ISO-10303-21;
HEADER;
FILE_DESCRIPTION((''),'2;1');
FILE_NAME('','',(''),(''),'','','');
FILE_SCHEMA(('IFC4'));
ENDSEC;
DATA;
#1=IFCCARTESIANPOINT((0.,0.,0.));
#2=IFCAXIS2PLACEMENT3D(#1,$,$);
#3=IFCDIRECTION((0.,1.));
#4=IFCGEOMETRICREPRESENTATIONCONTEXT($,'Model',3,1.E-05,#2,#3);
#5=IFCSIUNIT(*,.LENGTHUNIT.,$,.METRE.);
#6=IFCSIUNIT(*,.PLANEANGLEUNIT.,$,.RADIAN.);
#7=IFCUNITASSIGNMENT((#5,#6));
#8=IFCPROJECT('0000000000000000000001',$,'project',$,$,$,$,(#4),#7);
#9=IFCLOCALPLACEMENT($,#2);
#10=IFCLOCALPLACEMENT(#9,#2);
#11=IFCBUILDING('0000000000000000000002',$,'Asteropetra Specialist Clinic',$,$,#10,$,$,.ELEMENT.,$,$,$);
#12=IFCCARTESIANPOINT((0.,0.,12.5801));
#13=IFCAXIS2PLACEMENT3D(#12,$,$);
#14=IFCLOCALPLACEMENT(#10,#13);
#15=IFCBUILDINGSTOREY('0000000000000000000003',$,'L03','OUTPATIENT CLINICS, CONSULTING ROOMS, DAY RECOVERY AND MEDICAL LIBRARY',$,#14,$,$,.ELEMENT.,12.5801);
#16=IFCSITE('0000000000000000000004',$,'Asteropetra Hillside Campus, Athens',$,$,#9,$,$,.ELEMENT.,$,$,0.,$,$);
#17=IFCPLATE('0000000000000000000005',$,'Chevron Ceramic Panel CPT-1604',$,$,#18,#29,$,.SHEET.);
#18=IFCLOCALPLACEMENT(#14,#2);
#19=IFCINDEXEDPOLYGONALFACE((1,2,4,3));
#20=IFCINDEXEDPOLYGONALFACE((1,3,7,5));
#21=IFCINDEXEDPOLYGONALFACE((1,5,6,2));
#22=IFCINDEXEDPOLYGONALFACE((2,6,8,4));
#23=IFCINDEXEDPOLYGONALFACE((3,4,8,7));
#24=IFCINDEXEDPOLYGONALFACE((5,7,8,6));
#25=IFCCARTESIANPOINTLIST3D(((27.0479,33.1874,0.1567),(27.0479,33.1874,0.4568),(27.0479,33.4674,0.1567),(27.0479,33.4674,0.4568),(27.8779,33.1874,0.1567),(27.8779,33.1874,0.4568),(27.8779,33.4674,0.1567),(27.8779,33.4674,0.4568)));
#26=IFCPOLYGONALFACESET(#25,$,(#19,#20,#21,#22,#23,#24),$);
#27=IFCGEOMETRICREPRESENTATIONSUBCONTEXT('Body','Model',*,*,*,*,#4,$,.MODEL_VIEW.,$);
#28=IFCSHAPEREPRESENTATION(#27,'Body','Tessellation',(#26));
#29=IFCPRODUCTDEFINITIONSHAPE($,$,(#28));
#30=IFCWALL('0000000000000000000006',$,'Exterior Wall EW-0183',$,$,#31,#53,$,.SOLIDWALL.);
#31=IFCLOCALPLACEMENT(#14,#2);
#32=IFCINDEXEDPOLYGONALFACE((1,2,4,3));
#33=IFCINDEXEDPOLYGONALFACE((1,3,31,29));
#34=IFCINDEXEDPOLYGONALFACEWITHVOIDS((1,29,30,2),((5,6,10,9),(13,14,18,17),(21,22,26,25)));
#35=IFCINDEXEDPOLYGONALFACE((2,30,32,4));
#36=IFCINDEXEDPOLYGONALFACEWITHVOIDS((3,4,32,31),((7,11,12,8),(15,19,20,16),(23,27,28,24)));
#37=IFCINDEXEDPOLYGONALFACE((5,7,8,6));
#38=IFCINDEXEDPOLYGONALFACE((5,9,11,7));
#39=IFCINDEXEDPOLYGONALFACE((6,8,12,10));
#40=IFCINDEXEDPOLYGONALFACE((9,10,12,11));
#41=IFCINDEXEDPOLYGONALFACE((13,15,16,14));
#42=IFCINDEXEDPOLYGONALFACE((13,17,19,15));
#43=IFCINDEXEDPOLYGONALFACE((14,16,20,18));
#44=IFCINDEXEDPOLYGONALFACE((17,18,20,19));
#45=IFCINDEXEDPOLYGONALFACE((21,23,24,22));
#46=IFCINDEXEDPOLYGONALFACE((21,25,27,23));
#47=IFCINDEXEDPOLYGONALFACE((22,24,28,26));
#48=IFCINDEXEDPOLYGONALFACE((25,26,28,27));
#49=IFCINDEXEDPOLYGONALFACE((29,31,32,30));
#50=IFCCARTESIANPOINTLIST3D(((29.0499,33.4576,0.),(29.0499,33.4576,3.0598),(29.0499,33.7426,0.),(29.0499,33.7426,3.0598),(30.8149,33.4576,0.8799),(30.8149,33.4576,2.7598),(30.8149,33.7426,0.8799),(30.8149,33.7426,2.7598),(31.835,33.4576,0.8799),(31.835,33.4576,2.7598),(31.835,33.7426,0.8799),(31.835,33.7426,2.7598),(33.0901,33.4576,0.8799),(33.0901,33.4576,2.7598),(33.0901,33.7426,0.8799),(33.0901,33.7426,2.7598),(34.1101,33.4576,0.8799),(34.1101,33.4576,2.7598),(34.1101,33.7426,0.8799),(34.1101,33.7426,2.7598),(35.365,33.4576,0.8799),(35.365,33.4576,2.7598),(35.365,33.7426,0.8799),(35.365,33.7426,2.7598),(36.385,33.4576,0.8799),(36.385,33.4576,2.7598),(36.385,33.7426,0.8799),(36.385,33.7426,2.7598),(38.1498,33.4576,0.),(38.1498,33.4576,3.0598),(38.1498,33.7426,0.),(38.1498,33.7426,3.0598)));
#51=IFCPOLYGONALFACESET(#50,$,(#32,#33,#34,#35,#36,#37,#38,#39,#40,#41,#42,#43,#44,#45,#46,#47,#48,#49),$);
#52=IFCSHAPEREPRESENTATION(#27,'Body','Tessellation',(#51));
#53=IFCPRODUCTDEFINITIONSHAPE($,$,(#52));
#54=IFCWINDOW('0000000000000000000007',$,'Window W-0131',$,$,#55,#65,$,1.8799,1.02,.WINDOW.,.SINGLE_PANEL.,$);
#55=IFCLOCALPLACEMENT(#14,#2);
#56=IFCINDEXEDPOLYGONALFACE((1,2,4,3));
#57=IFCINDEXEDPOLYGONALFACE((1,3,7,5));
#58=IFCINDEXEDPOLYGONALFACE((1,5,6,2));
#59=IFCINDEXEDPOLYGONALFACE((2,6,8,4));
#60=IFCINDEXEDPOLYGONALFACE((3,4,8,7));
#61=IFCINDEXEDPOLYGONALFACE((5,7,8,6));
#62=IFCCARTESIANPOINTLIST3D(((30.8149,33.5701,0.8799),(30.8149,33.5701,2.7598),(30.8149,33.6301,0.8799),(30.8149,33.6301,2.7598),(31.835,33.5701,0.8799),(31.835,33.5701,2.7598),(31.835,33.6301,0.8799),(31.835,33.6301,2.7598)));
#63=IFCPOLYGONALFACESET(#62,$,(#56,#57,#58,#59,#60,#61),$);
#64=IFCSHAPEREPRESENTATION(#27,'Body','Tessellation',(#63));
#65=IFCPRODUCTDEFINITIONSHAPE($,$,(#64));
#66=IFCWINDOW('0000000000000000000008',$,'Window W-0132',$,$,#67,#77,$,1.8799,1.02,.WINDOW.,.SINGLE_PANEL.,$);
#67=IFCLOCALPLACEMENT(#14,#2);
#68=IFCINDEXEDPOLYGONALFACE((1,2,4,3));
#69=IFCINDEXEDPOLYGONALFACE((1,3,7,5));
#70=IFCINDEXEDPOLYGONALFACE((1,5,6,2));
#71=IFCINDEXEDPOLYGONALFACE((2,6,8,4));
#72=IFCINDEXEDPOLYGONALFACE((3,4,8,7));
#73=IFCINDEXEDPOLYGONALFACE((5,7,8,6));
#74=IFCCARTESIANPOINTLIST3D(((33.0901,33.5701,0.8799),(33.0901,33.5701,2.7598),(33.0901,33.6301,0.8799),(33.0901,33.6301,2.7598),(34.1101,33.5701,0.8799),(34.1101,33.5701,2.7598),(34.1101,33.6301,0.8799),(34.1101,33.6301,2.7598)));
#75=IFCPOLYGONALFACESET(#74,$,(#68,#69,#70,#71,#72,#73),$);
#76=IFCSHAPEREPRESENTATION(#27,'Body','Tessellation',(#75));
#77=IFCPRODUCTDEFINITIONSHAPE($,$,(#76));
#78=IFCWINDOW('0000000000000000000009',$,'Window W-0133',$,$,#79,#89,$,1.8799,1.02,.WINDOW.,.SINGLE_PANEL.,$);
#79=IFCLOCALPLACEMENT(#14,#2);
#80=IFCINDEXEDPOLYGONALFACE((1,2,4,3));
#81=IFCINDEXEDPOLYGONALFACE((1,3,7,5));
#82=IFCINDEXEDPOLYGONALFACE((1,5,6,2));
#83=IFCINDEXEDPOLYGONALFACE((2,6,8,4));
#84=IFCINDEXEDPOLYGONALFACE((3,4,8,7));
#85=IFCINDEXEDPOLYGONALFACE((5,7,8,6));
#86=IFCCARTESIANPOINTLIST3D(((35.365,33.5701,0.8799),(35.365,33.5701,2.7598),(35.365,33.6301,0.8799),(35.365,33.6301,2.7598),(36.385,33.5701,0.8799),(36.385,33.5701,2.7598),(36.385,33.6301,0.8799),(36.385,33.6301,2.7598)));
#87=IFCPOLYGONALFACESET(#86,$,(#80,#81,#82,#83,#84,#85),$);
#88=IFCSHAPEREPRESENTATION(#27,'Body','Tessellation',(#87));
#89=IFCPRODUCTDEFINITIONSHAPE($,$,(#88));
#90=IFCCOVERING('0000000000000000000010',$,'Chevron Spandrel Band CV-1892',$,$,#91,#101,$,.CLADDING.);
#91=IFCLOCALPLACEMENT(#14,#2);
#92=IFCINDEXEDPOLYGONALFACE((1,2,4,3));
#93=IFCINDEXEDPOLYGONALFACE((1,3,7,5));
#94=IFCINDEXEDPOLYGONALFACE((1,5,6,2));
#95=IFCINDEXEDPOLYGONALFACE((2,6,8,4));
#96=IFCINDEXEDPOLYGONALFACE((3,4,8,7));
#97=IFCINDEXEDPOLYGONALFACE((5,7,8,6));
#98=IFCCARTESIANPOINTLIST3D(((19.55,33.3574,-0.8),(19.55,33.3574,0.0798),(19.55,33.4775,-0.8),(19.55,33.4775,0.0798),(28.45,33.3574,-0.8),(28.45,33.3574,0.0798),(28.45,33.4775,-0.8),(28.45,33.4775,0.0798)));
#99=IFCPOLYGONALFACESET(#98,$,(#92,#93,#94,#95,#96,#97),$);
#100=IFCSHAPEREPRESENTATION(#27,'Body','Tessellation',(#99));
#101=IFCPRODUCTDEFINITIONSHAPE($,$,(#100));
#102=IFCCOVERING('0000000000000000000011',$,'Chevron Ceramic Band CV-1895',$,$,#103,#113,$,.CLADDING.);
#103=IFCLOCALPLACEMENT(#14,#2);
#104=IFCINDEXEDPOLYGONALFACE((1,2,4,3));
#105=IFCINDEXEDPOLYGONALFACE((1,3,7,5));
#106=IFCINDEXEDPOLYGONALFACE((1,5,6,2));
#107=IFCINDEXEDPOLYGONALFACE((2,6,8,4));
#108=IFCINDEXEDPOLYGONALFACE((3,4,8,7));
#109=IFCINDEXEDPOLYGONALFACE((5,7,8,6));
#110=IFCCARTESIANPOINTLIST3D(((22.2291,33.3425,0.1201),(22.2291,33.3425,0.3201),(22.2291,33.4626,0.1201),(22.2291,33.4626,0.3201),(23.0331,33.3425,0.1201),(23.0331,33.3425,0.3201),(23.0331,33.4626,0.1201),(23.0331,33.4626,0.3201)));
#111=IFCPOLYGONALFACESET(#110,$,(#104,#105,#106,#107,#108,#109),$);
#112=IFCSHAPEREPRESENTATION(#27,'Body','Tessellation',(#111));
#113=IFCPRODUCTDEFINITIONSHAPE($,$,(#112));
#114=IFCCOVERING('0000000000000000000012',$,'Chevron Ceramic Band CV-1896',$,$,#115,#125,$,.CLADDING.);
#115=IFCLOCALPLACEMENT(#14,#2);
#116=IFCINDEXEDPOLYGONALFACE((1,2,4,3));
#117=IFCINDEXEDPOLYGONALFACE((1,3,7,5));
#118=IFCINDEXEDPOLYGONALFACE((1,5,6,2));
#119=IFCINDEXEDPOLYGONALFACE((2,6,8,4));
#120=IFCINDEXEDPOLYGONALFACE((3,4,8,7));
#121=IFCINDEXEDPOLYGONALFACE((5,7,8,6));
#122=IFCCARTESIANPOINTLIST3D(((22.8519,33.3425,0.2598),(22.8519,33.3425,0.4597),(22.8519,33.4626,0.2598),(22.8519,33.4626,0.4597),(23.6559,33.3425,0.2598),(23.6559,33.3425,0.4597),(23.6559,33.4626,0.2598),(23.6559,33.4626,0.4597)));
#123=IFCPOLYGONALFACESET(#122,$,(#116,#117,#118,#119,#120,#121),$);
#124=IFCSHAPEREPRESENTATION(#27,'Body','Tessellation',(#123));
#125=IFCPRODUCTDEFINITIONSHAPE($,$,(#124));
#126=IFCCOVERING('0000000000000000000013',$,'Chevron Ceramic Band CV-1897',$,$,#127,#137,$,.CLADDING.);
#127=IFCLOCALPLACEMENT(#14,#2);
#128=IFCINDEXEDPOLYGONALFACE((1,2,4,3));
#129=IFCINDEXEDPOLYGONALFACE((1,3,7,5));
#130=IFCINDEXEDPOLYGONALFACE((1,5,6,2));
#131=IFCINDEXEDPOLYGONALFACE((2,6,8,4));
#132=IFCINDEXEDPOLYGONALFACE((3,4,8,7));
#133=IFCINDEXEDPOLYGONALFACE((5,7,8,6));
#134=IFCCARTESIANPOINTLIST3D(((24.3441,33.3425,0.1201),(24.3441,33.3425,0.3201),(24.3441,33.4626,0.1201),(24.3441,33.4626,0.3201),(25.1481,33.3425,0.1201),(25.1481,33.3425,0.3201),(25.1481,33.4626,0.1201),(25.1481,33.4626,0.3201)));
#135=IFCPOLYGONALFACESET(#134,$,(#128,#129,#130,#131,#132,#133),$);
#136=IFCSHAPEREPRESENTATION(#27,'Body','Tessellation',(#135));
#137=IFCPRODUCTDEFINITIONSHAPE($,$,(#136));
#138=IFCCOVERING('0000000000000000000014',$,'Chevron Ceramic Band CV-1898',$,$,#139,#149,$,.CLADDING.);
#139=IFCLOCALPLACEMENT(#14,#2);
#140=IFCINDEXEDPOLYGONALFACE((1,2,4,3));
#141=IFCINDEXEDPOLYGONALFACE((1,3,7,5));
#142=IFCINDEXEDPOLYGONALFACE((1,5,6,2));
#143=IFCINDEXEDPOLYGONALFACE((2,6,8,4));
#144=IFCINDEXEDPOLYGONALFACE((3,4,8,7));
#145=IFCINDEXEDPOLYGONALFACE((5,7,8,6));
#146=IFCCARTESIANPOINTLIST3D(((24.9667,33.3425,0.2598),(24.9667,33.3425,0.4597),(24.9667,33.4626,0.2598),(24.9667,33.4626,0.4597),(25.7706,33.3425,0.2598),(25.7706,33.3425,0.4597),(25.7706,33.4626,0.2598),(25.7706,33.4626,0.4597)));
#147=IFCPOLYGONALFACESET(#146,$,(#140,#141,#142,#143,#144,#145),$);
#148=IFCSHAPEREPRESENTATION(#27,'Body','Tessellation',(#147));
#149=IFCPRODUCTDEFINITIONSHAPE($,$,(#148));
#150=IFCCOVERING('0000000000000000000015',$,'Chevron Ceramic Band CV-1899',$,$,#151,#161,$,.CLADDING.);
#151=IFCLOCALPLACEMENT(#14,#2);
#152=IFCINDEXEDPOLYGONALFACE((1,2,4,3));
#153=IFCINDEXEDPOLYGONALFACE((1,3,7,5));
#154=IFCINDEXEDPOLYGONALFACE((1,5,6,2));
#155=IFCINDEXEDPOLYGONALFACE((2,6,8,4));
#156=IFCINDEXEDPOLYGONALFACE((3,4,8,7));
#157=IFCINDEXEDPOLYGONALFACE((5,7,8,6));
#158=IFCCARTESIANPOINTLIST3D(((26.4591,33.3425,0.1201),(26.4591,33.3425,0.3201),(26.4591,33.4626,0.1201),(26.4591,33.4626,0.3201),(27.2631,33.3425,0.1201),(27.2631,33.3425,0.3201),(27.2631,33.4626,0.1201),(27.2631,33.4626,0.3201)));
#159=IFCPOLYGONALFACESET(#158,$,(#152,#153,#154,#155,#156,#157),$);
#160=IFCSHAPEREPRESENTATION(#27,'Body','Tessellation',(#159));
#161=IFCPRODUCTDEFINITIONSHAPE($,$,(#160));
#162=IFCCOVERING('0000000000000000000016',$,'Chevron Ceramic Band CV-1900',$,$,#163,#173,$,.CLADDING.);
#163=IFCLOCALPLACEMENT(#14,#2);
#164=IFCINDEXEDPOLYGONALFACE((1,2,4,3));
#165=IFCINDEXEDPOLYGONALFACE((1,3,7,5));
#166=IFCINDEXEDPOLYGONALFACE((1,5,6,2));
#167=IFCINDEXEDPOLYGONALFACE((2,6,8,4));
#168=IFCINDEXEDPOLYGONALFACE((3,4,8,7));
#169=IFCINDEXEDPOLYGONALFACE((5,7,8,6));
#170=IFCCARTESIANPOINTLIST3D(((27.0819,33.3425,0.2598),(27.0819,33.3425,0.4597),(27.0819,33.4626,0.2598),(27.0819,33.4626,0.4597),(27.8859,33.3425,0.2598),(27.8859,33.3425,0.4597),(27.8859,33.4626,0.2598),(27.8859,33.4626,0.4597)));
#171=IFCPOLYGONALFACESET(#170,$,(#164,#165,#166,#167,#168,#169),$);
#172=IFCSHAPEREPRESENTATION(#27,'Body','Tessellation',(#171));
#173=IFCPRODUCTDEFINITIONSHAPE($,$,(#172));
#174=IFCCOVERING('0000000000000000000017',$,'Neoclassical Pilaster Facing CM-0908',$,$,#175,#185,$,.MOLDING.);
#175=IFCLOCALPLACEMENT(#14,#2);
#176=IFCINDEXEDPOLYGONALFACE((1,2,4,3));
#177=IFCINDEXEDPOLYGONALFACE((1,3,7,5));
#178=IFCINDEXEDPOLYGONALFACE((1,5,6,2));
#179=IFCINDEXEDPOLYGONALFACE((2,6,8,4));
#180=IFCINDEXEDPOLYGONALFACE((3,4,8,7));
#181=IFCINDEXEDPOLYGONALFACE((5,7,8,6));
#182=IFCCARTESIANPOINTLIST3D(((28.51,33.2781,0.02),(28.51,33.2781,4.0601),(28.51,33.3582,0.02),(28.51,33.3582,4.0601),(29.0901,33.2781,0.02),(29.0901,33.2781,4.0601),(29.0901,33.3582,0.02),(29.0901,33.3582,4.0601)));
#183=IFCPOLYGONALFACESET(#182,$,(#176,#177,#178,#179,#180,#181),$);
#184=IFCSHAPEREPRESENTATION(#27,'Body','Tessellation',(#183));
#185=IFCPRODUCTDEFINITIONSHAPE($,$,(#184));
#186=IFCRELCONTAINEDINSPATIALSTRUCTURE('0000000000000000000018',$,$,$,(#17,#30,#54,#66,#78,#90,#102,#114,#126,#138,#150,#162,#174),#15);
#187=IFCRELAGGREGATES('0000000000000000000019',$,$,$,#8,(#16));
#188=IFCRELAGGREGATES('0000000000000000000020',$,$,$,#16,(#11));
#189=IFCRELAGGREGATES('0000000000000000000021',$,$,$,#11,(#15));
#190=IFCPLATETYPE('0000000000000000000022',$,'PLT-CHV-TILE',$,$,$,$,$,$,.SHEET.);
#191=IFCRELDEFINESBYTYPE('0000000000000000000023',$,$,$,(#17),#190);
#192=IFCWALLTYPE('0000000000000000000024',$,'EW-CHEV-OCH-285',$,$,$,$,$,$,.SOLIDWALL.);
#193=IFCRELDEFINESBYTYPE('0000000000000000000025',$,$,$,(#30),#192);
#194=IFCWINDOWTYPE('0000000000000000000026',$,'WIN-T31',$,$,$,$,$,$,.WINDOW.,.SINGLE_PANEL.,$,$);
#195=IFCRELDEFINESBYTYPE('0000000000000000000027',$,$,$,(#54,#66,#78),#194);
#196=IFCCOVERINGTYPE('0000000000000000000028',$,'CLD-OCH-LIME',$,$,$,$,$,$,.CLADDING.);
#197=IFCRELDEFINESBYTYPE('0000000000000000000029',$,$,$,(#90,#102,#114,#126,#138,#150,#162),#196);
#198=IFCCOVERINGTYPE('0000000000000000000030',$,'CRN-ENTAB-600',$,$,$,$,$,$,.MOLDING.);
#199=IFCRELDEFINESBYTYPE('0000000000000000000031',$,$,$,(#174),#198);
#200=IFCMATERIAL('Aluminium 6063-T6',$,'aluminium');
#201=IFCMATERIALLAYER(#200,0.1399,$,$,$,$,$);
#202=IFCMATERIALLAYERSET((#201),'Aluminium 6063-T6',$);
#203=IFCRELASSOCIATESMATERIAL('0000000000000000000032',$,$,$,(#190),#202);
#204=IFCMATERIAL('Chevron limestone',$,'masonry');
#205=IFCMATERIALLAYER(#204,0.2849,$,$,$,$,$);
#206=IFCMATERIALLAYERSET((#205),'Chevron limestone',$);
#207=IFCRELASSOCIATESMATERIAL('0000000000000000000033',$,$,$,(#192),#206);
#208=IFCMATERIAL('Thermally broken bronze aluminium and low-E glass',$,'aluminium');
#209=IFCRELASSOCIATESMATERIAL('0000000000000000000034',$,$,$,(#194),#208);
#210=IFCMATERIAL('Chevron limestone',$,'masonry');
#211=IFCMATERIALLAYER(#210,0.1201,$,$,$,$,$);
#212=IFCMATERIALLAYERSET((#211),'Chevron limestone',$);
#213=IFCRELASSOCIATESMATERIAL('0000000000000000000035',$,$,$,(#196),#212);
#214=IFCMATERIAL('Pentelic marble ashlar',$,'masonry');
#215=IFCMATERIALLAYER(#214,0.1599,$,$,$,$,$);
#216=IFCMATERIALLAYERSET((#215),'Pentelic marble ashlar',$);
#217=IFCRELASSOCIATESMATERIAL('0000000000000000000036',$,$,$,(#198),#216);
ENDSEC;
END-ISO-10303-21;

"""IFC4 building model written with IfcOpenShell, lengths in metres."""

from ifc_helpers import new_model, si_unit, direction, frame, frame_2d, origin, origin_2d, place, context, subcontext, project, spatial, rectangle, extrude, material, layer, layer_set, type_object, element, fill, save


model = new_model("IFC4")

# Units and contexts
model_context = context("Model", 3, precision=1e-05, world=origin(), true_north=direction((0.0, 1.0)))
body_context = subcontext(model_context, "Body", "Model", "MODEL_VIEW")
ifc_project = project(units=[si_unit("LENGTHUNIT", "METRE"), si_unit("PLANEANGLEUNIT", "RADIAN")], contexts=[model_context])

# Site, building, storey
site_placement = place(None, origin())
site = spatial("IfcSite", under=ifc_project, at=site_placement, Name="Asteropetra Hillside Campus, Athens", CompositionType="ELEMENT", RefElevation=0.0)
building_placement = place(site_placement, origin())
building = spatial("IfcBuilding", under=site, at=building_placement, Name="Asteropetra Specialist Clinic", CompositionType="ELEMENT")
storey_placement = place(building_placement, frame((0.0, 0.0, 12.5801)))
storey = spatial("IfcBuildingStorey", under=building, at=storey_placement, Name="L03", Description="OUTPATIENT CLINICS, CONSULTING ROOMS, DAY RECOVERY AND MEDICAL LIBRARY", CompositionType="ELEMENT", Elevation=12.5801)

# Plate
ifc_material_1 = material(Name="Aluminium 6063-T6", Category="aluminium")
ifc_layer_1 = layer(ifc_material_1, 0.1399)
ifc_layer_set_1 = layer_set([ifc_layer_1], Name="Aluminium 6063-T6")
plate_type_1 = type_object("IfcPlateType", Name="PLT-CHV-TILE", PredefinedType="SHEET", material=ifc_layer_set_1)
for number, where, z_axis, x_axis, name in (
    (1, (27.4629, 33.3274, 0.1567), (0.0, 0.0, 1.0), (1.0, 0.0, 0.0), "Chevron Ceramic Panel CPT-1604"),
):
    element("IfcPlate", number, at=place(storey_placement, frame(where, z_axis=z_axis, x_axis=x_axis)), inside=storey, type_object=plate_type_1, Name=name, PredefinedType="SHEET", context=body_context, shape_type="SweptSolid", body=[
        extrude(rectangle(XDim=0.8301, YDim=0.28, at=origin_2d()), origin(), (0.0, 0.0, 1.0), 0.3),
    ])

# Wall, openings, windows
ifc_material_2 = material(Name="Chevron limestone", Category="masonry")
ifc_layer_2 = layer(ifc_material_2, 0.2849)
ifc_layer_set_2 = layer_set([ifc_layer_2], Name="Chevron limestone")
wall_type = type_object("IfcWallType", Name="EW-CHEV-OCH-285", PredefinedType="SOLIDWALL", material=ifc_layer_set_2)
wall_placement = place(storey_placement, frame((29.05, 33.6001, 0.0), z_axis=(0.0, 0.0, 1.0), x_axis=(1.0, 0.0, 0.0)))
wall = element("IfcWall", 2, at=wall_placement, inside=storey, type_object=wall_type, Name="Exterior Wall EW-0183", PredefinedType="SOLIDWALL", context=body_context, shape_type="SweptSolid", body=[
    extrude(rectangle(XDim=9.0999, YDim=0.2849, at=frame_2d((4.5498, 0.0))), origin(), (0.0, 0.0, 1.0), 3.0598),
])
opening_1_placement = place(wall_placement, frame((1.7649, 0.0, 0.8799)))
opening_1 = element("IfcOpeningElement", 3, at=opening_1_placement, cuts=wall, PredefinedType="OPENING", context=body_context, shape_type="SweptSolid", body=[
    extrude(rectangle(XDim=1.02, YDim=1.8799, at=frame_2d((0.51, 0.9399))), frame((0.0, 0.1523, 0.0), z_axis=(0.0, -1.0, 0.0), x_axis=(1.0, 0.0, 0.0)), (0.0, 0.0, 1.0), 0.3049),
])
opening_2_placement = place(wall_placement, frame((4.04, 0.0, 0.8799)))
opening_2 = element("IfcOpeningElement", 4, at=opening_2_placement, cuts=wall, PredefinedType="OPENING", context=body_context, shape_type="SweptSolid", body=[
    extrude(rectangle(XDim=1.02, YDim=1.8799, at=frame_2d((0.51, 0.9399))), frame((0.0, 0.1523, 0.0), z_axis=(0.0, -1.0, 0.0), x_axis=(1.0, 0.0, 0.0)), (0.0, 0.0, 1.0), 0.3049),
])
opening_3_placement = place(wall_placement, frame((6.3149, 0.0, 0.8799)))
opening_3 = element("IfcOpeningElement", 5, at=opening_3_placement, cuts=wall, PredefinedType="OPENING", context=body_context, shape_type="SweptSolid", body=[
    extrude(rectangle(XDim=1.02, YDim=1.8799, at=frame_2d((0.51, 0.9399))), frame((0.0, 0.1523, 0.0), z_axis=(0.0, -1.0, 0.0), x_axis=(1.0, 0.0, 0.0)), (0.0, 0.0, 1.0), 0.3049),
])
ifc_material_3 = material(Name="Thermally broken bronze aluminium and low-E glass", Category="aluminium")
window_type = type_object("IfcWindowType", Name="WIN-T31", PartitioningType="SINGLE_PANEL", PredefinedType="WINDOW", material=ifc_material_3)
window_1_placement = place(opening_1_placement, origin())
window_1 = element("IfcWindow", 6, at=window_1_placement, inside=storey, type_object=window_type, Name="Window W-0131", OverallHeight=1.8799, OverallWidth=1.02, PartitioningType="SINGLE_PANEL", PredefinedType="WINDOW", context=body_context, shape_type="SweptSolid", body=[
    extrude(rectangle(XDim=1.02, YDim=1.8799, at=frame_2d((0.51, 0.9399))), frame((0.0, 0.03, 0.0), z_axis=(0.0, -1.0, 0.0), x_axis=(1.0, 0.0, 0.0)), (0.0, 0.0, 1.0), 0.0601),
])
fill(opening_1, window_1)
window_2_placement = place(opening_2_placement, origin())
window_2 = element("IfcWindow", 7, at=window_2_placement, inside=storey, type_object=window_type, Name="Window W-0132", OverallHeight=1.8799, OverallWidth=1.02, PartitioningType="SINGLE_PANEL", PredefinedType="WINDOW", context=body_context, shape_type="SweptSolid", body=[
    extrude(rectangle(XDim=1.02, YDim=1.8799, at=frame_2d((0.51, 0.9399))), frame((0.0, 0.03, 0.0), z_axis=(0.0, -1.0, 0.0), x_axis=(1.0, 0.0, 0.0)), (0.0, 0.0, 1.0), 0.0601),
])
fill(opening_2, window_2)
window_3_placement = place(opening_3_placement, origin())
window_3 = element("IfcWindow", 8, at=window_3_placement, inside=storey, type_object=window_type, Name="Window W-0133", OverallHeight=1.8799, OverallWidth=1.02, PartitioningType="SINGLE_PANEL", PredefinedType="WINDOW", context=body_context, shape_type="SweptSolid", body=[
    extrude(rectangle(XDim=1.02, YDim=1.8799, at=frame_2d((0.51, 0.9399))), frame((0.0, 0.03, 0.0), z_axis=(0.0, -1.0, 0.0), x_axis=(1.0, 0.0, 0.0)), (0.0, 0.0, 1.0), 0.0601),
])
fill(opening_3, window_3)

# Coverings
ifc_material_4 = material(Name="Chevron limestone", Category="masonry")
ifc_layer_3 = layer(ifc_material_4, 0.1201)
ifc_layer_set_3 = layer_set([ifc_layer_3], Name="Chevron limestone")
covering_type_1 = type_object("IfcCoveringType", Name="CLD-OCH-LIME", PredefinedType="CLADDING", material=ifc_layer_set_3)
covering_1_placement = place(storey_placement, frame((24.0, 33.4175, -0.8), z_axis=(0.0, 0.0, 1.0), x_axis=(1.0, 0.0, 0.0)))
element("IfcCovering", 9, at=covering_1_placement, inside=storey, type_object=covering_type_1, Name="Chevron Spandrel Band CV-1892", PredefinedType="CLADDING", context=body_context, shape_type="SweptSolid", body=[
    extrude(rectangle(XDim=8.8999, YDim=0.1201, at=origin_2d()), origin(), (0.0, 0.0, 1.0), 0.8799),
])
for number, where, z_axis, x_axis, name in (
    (10, (22.6311, 33.4026, 0.1201), (0.0, 0.0, 1.0), (1.0, 0.0, 0.0), "Chevron Ceramic Band CV-1895"),
    (11, (23.2539, 33.4026, 0.2598), (0.0, 0.0, 1.0), (1.0, 0.0, 0.0), "Chevron Ceramic Band CV-1896"),
    (12, (24.7461, 33.4026, 0.1201), (0.0, 0.0, 1.0), (1.0, 0.0, 0.0), "Chevron Ceramic Band CV-1897"),
    (13, (25.3687, 33.4026, 0.2598), (0.0, 0.0, 1.0), (1.0, 0.0, 0.0), "Chevron Ceramic Band CV-1898"),
    (14, (26.8611, 33.4026, 0.1201), (0.0, 0.0, 1.0), (1.0, 0.0, 0.0), "Chevron Ceramic Band CV-1899"),
    (15, (27.4839, 33.4026, 0.2598), (0.0, 0.0, 1.0), (1.0, 0.0, 0.0), "Chevron Ceramic Band CV-1900"),
):
    element("IfcCovering", number, at=place(storey_placement, frame(where, z_axis=z_axis, x_axis=x_axis)), inside=storey, type_object=covering_type_1, Name=name, PredefinedType="CLADDING", context=body_context, shape_type="SweptSolid", body=[
        extrude(rectangle(XDim=0.804, YDim=0.1201, at=origin_2d()), origin(), (0.0, 0.0, 1.0), 0.2),
    ])
ifc_material_5 = material(Name="Pentelic marble ashlar", Category="masonry")
ifc_layer_4 = layer(ifc_material_5, 0.1599)
ifc_layer_set_4 = layer_set([ifc_layer_4], Name="Pentelic marble ashlar")
covering_type_2 = type_object("IfcCoveringType", Name="CRN-ENTAB-600", PredefinedType="MOLDING", material=ifc_layer_set_4)
covering_2_placement = place(storey_placement, frame((28.8, 33.3181, 0.02), z_axis=(0.0, 0.0, 1.0), x_axis=(1.0, 0.0, 0.0)))
element("IfcCovering", 16, at=covering_2_placement, inside=storey, type_object=covering_type_2, Name="Neoclassical Pilaster Facing CM-0908", PredefinedType="MOLDING", context=body_context, shape_type="SweptSolid", body=[
    extrude(rectangle(XDim=0.5801, YDim=0.0801, at=origin_2d()), origin(), (0.0, 0.0, 1.0), 4.04),
])

save(model, "model.ifc")
